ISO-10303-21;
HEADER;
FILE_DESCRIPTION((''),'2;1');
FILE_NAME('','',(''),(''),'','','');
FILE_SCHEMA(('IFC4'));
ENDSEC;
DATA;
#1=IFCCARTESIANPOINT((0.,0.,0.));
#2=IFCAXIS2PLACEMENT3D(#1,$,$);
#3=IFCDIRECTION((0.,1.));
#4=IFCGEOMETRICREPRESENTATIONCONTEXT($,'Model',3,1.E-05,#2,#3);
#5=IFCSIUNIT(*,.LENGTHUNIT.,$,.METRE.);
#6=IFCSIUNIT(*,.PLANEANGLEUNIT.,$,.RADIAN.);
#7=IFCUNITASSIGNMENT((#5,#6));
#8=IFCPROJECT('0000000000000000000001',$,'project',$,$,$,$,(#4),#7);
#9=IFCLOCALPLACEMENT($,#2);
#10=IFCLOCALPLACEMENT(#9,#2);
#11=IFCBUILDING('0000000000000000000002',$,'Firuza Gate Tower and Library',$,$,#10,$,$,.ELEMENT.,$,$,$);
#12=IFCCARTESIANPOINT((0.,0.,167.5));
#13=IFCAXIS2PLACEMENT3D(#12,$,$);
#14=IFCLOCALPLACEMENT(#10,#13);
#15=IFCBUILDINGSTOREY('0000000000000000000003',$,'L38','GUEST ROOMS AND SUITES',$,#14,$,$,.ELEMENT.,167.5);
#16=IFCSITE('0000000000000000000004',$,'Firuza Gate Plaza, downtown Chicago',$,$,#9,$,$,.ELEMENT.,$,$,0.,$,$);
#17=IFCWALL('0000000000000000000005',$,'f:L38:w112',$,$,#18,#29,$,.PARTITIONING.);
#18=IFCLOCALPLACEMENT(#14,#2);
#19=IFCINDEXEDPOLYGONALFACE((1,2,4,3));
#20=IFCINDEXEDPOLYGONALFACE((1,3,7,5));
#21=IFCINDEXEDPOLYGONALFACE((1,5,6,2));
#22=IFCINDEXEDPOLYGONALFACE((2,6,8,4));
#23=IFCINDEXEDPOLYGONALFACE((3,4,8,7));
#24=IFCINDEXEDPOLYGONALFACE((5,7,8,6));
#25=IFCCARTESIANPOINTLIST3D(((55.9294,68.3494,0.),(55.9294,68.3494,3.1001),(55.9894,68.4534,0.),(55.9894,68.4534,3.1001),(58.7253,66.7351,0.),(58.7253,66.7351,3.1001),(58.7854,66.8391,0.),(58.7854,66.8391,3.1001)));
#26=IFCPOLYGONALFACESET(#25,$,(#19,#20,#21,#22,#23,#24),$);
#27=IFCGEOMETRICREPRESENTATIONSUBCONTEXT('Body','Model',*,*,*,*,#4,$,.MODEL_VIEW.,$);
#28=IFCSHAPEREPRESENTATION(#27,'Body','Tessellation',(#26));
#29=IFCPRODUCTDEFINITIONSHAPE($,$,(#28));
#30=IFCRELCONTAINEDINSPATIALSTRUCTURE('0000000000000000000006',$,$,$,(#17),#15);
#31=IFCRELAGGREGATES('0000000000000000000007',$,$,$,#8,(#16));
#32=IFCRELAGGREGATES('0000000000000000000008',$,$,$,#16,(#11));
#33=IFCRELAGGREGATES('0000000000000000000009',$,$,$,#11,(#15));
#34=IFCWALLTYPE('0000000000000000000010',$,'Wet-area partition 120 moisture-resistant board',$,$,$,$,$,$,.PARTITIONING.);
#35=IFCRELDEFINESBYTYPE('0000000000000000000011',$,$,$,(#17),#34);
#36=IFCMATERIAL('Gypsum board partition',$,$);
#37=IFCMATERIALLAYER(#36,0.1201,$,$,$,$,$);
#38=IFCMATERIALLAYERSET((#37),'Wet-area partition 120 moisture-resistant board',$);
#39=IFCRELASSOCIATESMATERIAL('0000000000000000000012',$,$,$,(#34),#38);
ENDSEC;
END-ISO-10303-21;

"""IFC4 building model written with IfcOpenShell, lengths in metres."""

from ifc_helpers import new_model, si_unit, direction, frame, frame_2d, origin, place, context, subcontext, project, spatial, rectangle, extrude, material, layer, layer_set, type_object, element, save


model = new_model("IFC4")

# Units and contexts
model_context = context("Model", 3, precision=1e-05, world=origin(), true_north=direction((0.0, 1.0)))
body_context = subcontext(model_context, "Body", "Model", "MODEL_VIEW")
ifc_project = project(units=[si_unit("LENGTHUNIT", "METRE"), si_unit("PLANEANGLEUNIT", "RADIAN")], contexts=[model_context])

# Site, building, storey
site_placement = place(None, origin())
site = spatial("IfcSite", under=ifc_project, at=site_placement, Name="Firuza Gate Plaza, downtown Chicago", CompositionType="ELEMENT", RefElevation=0.0)
building_placement = place(site_placement, origin())
building = spatial("IfcBuilding", under=site, at=building_placement, Name="Firuza Gate Tower and Library", CompositionType="ELEMENT")
storey_placement = place(building_placement, frame((0.0, 0.0, 167.5)))
storey = spatial("IfcBuildingStorey", under=building, at=storey_placement, Name="L38", Description="GUEST ROOMS AND SUITES", CompositionType="ELEMENT", Elevation=167.5)

# Wall
ifc_material_1 = material(Name="Gypsum board partition")
ifc_layer_1 = layer(ifc_material_1, 0.1201)
ifc_layer_set_1 = layer_set([ifc_layer_1], Name="Wet-area partition 120 moisture-resistant board")
wall_type_1 = type_object("IfcWallType", Name="Wet-area partition 120 moisture-resistant board", PredefinedType="PARTITIONING", material=ifc_layer_set_1)
wall_1_placement = place(storey_placement, frame((58.7554, 66.7871, 0.0), z_axis=(0.0, 0.0, 1.0), x_axis=(-0.866019, 0.50001, 0.0)))
element("IfcWall", 1, at=wall_1_placement, inside=storey, type_object=wall_type_1, Name="f:L38:w112", PredefinedType="PARTITIONING", context=body_context, shape_type="SweptSolid", body=[
    extrude(rectangle(XDim=3.2285, YDim=0.1201, at=frame_2d((1.6143, 0.0))), origin(), (0.0, 0.0, 1.0), 3.1001),
])

save(model, "model.ifc")
